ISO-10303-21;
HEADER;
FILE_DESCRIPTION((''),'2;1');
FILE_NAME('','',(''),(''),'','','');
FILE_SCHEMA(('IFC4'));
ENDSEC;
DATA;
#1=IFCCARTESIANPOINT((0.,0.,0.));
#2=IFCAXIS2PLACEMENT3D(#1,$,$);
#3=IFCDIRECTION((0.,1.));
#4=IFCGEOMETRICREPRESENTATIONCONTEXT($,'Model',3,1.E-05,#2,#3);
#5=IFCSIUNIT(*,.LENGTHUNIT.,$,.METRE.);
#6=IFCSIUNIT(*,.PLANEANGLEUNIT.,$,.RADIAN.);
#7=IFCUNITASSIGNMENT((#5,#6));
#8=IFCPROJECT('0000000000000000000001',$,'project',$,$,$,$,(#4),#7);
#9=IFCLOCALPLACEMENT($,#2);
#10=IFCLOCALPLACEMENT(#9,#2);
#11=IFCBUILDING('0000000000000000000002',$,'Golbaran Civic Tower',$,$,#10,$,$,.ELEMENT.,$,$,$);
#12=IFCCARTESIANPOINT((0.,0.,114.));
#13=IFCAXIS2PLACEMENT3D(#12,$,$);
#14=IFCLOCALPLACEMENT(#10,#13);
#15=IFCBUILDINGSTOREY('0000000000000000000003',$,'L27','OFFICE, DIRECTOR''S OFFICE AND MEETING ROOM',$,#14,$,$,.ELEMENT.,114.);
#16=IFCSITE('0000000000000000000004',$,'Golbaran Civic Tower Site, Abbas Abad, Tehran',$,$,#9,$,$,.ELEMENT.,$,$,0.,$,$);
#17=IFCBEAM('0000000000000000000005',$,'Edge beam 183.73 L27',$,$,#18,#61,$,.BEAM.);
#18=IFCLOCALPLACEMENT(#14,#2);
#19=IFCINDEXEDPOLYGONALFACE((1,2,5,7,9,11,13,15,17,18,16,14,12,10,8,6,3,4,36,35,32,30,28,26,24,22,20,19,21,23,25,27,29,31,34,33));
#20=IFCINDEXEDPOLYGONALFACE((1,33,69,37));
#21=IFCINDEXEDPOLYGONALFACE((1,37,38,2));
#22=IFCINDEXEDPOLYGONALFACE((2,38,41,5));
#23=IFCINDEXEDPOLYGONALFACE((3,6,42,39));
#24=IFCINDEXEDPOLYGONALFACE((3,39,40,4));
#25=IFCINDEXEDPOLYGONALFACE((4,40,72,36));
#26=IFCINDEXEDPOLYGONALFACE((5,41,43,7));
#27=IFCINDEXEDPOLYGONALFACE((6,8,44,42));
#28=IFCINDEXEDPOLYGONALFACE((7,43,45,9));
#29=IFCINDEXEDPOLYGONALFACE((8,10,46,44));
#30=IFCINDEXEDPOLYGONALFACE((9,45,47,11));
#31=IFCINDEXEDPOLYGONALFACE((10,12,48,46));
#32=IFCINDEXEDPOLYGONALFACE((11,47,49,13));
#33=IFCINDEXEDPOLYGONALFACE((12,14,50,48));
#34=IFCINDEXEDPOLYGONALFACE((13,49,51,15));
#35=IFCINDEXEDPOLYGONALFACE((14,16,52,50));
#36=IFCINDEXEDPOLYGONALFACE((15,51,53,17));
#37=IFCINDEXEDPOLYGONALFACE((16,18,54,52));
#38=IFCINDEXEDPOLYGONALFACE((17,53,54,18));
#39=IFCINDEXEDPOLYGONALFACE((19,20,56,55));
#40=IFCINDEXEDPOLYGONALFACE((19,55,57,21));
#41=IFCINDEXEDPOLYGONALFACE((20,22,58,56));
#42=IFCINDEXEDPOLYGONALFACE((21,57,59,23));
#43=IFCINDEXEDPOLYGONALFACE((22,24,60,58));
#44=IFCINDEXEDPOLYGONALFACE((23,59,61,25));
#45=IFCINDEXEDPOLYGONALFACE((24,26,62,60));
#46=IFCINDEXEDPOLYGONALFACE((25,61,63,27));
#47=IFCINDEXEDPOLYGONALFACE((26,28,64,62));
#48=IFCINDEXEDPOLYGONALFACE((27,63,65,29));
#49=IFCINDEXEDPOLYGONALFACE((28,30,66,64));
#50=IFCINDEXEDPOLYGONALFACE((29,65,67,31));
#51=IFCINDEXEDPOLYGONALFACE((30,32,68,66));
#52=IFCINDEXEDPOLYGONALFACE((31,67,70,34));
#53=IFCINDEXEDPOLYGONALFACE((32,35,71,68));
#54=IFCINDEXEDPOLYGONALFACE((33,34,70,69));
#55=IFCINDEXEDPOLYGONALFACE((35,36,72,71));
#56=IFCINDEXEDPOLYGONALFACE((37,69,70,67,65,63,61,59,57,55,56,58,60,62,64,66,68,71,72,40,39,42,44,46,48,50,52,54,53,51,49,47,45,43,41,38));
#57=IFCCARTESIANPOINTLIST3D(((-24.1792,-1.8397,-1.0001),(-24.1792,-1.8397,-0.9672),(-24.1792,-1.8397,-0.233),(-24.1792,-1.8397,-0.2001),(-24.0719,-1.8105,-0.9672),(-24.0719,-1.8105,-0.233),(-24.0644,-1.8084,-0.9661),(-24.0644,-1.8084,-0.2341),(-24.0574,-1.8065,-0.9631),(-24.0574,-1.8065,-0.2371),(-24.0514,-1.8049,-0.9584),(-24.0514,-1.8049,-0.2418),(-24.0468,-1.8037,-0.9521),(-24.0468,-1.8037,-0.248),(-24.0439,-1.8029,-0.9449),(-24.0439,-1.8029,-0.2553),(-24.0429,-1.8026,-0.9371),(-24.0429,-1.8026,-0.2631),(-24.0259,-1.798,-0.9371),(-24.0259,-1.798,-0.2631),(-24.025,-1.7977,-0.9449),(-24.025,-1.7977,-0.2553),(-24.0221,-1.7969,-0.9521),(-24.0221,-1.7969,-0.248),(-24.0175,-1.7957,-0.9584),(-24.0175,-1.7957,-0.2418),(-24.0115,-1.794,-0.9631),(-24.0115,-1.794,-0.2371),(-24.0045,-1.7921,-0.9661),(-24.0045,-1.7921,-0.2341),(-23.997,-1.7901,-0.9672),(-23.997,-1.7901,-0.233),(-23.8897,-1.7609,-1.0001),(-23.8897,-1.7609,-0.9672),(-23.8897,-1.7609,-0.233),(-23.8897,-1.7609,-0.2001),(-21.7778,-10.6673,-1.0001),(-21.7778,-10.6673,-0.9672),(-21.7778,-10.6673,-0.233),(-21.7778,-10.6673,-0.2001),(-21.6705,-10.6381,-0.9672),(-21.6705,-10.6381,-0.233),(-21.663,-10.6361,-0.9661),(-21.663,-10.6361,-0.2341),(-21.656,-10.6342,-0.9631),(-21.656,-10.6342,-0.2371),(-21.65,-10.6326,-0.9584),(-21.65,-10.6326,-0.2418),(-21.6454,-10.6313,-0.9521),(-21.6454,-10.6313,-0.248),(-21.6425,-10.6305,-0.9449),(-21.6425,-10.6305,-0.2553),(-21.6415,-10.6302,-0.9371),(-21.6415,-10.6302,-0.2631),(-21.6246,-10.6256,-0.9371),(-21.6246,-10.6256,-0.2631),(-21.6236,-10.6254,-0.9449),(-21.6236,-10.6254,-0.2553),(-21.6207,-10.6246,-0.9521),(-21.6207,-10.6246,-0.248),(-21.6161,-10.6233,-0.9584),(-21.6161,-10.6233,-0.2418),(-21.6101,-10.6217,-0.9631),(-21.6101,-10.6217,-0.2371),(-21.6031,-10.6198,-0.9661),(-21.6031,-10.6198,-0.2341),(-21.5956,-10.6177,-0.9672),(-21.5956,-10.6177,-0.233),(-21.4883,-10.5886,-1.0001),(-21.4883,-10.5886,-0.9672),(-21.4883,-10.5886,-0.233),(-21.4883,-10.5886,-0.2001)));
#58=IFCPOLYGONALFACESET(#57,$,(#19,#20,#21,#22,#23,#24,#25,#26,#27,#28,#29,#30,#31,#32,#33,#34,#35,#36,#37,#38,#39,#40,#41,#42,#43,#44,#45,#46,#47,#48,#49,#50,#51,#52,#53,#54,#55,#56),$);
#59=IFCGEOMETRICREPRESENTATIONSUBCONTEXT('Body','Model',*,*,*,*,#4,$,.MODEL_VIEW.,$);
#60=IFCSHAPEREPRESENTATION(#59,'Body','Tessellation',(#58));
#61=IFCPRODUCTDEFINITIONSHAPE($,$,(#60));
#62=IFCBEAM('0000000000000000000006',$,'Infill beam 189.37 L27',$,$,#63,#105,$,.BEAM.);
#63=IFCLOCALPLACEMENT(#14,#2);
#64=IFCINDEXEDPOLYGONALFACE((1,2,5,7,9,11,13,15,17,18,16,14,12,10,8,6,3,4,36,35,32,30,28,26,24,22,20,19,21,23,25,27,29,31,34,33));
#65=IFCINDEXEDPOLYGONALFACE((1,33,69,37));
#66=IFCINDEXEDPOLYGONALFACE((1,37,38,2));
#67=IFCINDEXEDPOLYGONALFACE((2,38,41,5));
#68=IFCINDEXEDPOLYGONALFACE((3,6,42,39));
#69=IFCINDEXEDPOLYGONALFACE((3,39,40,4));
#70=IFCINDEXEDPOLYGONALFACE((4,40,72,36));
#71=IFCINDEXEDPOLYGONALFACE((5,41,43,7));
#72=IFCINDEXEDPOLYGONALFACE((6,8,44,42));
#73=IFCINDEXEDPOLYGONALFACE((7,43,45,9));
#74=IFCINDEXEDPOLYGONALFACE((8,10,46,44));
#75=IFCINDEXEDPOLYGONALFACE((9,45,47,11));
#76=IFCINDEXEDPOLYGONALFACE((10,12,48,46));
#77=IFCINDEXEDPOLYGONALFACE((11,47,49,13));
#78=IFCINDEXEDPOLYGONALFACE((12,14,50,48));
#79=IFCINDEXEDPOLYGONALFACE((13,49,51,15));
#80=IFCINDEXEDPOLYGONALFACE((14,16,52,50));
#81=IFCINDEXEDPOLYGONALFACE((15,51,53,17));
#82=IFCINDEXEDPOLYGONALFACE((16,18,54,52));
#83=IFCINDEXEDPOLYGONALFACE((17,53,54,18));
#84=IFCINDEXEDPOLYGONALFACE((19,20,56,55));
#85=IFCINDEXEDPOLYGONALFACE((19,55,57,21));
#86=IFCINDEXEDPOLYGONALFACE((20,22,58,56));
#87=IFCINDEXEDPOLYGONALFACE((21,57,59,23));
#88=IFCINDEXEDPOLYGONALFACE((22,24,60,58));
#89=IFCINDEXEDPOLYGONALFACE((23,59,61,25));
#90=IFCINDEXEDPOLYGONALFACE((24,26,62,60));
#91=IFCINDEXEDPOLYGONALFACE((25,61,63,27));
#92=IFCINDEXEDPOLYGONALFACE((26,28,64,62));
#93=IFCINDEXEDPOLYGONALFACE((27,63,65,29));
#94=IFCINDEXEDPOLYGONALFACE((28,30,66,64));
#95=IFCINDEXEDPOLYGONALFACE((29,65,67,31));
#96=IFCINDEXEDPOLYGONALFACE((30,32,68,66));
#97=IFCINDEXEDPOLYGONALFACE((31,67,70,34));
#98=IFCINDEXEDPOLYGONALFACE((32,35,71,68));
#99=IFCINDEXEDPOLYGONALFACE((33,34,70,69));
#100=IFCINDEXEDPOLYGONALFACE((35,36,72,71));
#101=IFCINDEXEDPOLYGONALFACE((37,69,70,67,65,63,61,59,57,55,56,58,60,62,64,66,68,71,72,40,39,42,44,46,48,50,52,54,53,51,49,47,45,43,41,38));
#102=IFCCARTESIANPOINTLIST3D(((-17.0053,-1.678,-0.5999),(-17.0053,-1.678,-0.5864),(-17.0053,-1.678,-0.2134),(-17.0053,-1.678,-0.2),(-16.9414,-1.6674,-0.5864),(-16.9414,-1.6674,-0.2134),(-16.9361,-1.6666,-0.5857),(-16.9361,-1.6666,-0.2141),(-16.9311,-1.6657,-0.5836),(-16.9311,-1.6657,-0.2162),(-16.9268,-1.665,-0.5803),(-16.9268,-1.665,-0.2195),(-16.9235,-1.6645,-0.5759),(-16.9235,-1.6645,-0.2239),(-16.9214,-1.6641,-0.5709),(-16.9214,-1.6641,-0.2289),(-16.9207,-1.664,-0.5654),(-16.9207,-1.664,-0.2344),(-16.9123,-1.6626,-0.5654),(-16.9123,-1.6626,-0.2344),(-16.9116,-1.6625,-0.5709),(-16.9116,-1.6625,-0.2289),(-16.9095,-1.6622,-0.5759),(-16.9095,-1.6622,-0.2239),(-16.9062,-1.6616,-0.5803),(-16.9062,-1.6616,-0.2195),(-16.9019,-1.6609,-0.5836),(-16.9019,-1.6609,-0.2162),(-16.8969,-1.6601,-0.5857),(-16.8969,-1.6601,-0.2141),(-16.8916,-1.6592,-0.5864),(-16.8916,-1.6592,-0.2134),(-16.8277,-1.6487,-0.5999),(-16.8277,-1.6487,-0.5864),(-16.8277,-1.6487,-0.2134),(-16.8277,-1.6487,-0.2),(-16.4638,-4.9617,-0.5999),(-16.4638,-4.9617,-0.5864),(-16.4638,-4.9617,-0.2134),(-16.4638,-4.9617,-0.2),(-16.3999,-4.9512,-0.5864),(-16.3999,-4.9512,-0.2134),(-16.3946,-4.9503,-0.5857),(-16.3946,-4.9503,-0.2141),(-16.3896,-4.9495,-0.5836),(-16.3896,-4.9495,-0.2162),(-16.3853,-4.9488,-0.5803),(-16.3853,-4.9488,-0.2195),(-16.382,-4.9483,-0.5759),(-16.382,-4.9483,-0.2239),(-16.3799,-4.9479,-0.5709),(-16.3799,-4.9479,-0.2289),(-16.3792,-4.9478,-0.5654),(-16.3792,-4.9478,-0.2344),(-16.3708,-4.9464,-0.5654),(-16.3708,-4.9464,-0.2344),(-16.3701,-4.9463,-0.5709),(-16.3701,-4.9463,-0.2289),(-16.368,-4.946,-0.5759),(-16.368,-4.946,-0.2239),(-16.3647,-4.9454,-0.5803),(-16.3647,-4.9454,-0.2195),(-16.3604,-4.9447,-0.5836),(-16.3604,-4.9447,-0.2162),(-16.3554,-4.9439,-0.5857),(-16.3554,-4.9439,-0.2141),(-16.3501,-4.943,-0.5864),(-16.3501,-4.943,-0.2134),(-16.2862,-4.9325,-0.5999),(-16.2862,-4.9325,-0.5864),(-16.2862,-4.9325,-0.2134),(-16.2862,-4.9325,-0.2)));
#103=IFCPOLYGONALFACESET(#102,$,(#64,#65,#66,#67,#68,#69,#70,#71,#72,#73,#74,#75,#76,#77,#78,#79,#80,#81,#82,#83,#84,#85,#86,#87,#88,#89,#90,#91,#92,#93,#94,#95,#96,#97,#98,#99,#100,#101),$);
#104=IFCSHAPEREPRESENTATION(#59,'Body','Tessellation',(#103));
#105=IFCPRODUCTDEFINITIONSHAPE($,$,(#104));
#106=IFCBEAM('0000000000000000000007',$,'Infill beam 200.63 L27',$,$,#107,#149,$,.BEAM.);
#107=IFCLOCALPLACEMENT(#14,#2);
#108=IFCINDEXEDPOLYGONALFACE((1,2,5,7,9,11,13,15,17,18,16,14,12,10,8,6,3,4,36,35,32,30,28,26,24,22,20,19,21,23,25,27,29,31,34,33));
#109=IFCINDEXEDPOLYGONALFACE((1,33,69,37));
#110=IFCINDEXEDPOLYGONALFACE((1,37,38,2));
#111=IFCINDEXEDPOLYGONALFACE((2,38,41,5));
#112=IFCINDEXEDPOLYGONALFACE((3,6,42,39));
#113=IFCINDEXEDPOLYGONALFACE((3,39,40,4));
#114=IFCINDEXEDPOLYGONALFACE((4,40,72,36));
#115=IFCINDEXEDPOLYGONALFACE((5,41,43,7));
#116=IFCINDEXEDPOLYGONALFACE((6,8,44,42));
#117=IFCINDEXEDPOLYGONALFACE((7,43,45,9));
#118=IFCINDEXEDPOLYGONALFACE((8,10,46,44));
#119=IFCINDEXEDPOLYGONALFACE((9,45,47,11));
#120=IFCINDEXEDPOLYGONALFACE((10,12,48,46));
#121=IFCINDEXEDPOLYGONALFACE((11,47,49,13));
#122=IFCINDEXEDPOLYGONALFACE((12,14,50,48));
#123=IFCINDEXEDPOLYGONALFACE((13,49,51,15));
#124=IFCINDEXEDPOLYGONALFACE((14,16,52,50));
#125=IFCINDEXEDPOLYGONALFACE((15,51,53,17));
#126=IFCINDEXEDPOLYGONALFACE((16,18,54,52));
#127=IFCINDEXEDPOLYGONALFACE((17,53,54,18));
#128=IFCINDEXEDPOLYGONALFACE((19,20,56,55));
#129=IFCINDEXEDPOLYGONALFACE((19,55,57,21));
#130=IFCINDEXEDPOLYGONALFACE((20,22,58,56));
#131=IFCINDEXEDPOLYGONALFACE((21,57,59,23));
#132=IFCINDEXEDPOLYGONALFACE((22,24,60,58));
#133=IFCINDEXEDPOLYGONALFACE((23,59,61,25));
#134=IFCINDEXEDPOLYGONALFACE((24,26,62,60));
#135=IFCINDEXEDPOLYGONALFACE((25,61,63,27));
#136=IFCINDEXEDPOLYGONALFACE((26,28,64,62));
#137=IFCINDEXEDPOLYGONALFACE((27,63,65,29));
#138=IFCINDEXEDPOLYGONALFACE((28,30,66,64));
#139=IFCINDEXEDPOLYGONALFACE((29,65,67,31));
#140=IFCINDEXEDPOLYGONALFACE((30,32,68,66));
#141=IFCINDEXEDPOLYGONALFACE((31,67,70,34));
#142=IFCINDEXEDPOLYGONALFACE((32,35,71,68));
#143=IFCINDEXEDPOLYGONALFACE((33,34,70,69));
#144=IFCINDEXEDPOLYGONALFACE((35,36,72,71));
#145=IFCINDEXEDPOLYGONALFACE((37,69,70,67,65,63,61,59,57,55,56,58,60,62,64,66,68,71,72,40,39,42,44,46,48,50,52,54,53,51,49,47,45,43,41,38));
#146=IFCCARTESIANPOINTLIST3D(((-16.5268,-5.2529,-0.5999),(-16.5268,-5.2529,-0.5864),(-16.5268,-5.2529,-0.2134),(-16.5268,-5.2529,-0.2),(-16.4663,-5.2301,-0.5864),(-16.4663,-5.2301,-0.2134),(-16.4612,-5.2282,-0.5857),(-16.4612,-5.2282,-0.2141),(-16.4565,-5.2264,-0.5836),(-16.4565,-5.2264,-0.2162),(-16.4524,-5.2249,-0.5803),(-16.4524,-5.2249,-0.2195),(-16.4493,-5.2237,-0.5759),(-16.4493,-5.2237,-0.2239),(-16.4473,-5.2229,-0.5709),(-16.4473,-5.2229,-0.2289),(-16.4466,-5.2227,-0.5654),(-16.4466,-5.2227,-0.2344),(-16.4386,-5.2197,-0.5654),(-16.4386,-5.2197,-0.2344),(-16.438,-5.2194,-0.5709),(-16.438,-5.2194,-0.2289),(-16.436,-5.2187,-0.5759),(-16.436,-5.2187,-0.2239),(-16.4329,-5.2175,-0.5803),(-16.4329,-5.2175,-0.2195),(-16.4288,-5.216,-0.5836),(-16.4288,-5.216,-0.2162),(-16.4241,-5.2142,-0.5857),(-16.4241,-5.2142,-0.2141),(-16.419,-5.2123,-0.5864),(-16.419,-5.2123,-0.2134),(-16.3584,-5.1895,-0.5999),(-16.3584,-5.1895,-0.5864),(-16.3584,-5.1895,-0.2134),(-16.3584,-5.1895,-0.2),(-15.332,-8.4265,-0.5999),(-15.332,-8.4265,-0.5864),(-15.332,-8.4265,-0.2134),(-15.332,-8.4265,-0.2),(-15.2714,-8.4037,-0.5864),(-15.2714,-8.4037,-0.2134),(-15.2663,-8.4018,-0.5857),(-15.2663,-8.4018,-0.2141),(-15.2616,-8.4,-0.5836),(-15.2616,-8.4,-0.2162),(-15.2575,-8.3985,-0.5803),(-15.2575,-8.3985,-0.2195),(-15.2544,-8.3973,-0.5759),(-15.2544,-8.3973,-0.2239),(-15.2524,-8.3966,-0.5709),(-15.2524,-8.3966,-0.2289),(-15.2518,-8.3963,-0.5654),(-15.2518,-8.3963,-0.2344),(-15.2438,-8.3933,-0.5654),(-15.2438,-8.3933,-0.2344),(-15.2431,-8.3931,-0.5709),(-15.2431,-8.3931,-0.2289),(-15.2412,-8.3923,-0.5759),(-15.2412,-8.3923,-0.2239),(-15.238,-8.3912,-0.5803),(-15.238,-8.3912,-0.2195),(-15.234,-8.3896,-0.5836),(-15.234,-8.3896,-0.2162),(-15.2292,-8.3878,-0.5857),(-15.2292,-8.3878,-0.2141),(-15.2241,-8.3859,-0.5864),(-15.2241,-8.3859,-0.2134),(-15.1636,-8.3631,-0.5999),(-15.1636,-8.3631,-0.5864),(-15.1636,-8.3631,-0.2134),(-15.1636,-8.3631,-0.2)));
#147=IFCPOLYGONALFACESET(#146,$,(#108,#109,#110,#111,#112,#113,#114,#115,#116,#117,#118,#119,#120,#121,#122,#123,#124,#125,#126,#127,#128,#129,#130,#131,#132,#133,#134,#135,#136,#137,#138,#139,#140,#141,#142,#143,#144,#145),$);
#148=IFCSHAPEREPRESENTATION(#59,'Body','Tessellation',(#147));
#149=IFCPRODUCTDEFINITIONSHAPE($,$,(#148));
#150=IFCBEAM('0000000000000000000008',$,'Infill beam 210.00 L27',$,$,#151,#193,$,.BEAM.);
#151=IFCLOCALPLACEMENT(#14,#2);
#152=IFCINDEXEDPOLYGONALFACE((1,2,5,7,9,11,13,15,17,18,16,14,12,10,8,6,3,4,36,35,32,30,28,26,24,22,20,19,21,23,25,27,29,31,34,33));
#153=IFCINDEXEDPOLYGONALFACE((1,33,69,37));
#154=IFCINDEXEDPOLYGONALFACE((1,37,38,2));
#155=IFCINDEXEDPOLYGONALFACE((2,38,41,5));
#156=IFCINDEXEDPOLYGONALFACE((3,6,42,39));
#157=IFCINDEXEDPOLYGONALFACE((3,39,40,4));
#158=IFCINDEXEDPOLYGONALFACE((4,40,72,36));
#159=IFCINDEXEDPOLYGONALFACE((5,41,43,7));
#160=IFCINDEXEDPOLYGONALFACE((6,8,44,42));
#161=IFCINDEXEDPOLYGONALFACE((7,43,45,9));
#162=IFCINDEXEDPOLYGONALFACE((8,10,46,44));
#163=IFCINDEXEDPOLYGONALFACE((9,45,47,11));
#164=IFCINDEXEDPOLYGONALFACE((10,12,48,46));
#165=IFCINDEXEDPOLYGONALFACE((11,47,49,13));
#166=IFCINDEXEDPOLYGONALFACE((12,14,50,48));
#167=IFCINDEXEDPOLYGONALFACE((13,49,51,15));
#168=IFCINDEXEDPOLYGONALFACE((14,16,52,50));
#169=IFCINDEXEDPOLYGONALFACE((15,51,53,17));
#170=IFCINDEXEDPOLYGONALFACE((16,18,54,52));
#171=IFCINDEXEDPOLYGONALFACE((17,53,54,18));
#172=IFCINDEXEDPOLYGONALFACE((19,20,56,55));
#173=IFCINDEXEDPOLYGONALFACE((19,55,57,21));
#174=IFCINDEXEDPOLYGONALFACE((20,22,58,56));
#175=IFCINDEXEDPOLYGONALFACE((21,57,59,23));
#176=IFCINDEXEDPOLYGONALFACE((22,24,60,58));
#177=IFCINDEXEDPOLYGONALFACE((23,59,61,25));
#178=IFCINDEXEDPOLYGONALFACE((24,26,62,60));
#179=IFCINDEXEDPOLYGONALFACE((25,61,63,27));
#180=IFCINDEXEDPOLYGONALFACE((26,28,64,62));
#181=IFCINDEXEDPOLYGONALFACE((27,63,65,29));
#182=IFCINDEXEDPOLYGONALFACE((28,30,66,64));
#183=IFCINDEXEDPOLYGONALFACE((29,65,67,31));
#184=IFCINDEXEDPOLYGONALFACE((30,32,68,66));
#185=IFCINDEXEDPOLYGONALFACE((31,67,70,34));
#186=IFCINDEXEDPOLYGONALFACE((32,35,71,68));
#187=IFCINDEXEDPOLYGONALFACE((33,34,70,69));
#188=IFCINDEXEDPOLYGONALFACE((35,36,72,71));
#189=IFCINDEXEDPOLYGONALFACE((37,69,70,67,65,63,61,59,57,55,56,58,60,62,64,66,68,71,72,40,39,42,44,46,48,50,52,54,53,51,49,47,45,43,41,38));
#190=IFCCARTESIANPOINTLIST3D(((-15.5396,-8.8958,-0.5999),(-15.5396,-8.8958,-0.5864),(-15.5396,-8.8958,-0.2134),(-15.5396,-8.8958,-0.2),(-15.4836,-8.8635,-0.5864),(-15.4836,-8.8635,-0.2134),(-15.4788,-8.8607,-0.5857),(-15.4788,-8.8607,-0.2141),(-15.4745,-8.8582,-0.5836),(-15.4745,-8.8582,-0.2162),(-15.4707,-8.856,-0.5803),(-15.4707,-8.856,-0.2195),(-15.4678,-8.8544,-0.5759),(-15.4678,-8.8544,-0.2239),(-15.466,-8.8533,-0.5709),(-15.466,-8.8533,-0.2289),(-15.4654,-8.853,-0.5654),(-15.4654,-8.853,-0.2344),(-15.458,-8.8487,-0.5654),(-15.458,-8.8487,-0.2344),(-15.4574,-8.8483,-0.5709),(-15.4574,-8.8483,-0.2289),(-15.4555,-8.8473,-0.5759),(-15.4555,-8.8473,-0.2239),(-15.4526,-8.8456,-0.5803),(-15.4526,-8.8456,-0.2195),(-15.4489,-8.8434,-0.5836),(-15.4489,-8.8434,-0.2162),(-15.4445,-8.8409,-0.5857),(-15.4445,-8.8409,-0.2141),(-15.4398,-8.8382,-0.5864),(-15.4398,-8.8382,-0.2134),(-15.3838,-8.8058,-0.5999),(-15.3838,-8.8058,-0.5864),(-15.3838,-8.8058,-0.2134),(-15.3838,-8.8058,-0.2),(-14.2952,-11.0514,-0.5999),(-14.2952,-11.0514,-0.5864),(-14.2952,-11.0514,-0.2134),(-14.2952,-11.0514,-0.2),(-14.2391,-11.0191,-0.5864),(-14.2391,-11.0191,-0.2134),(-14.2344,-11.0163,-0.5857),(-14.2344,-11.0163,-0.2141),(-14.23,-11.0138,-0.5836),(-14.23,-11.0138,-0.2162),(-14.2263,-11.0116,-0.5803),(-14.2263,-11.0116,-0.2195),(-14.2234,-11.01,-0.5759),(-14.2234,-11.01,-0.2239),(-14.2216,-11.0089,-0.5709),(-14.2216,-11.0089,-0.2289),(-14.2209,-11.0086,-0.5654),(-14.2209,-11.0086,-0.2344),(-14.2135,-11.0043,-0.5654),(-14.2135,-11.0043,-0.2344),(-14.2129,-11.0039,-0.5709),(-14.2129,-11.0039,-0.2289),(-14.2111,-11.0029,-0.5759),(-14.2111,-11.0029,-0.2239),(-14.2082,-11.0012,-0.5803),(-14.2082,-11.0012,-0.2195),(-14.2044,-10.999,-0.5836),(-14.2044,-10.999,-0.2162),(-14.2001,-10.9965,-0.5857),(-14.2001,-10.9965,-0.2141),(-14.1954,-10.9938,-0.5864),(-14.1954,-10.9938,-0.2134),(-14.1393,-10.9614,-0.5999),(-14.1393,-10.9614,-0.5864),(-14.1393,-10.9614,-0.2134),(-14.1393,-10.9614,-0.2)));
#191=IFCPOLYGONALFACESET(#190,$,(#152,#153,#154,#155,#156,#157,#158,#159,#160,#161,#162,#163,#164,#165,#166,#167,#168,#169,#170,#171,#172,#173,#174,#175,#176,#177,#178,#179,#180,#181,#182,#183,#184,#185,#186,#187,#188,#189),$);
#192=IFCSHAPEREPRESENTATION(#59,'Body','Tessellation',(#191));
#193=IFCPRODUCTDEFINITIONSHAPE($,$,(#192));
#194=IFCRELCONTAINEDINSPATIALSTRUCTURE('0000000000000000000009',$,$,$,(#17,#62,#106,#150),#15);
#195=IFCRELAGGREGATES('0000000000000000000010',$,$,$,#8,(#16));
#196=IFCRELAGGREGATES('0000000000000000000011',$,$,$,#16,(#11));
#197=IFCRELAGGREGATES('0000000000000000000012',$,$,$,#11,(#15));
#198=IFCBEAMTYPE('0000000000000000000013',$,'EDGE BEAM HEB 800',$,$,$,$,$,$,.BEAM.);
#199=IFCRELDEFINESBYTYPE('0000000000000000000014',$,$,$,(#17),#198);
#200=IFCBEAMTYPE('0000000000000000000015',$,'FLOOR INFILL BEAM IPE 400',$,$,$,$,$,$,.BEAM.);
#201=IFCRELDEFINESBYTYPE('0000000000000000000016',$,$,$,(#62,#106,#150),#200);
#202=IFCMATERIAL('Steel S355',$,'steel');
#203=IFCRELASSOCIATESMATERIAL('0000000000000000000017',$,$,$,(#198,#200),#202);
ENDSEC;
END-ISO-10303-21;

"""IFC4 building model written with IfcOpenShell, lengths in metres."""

from ifc_helpers import new_model, si_unit, direction, frame, origin, origin_2d, place, context, subcontext, project, spatial, i_section, extrude, material, material_profile, profile_set, type_object, element, save


model = new_model("IFC4")

# Units and contexts
model_context = context("Model", 3, precision=1e-05, world=origin(), true_north=direction((0.0, 1.0)))
body_context = subcontext(model_context, "Body", "Model", "MODEL_VIEW")
ifc_project = project(units=[si_unit("LENGTHUNIT", "METRE"), si_unit("PLANEANGLEUNIT", "RADIAN")], contexts=[model_context])

# Site, building, storey
site_placement = place(None, origin())
site = spatial("IfcSite", under=ifc_project, at=site_placement, Name="Golbaran Civic Tower Site, Abbas Abad, Tehran", CompositionType="ELEMENT", RefElevation=0.0)
building_placement = place(site_placement, origin())
building = spatial("IfcBuilding", under=site, at=building_placement, Name="Golbaran Civic Tower", CompositionType="ELEMENT")
storey_placement = place(building_placement, frame((0.0, 0.0, 114.0)))
storey = spatial("IfcBuildingStorey", under=building, at=storey_placement, Name="L27", Description="OFFICE, DIRECTOR'S OFFICE AND MEETING ROOM", CompositionType="ELEMENT", Elevation=114.0)

# Beams
ifc_material_1 = material(Name="Steel S355", Category="steel")
ifc_material_profile_1 = material_profile(ifc_material_1, i_section(OverallWidth=0.3, OverallDepth=0.8, WebThickness=0.0176, FlangeThickness=0.033, FilletRadius=0.03, at=origin_2d()), Name="HEB 800")
ifc_profile_set_1 = profile_set([ifc_material_profile_1], Name="Steel S355")
beam_type_1 = type_object("IfcBeamType", Name="EDGE BEAM HEB 800", PredefinedType="BEAM", material=ifc_profile_set_1)
beam_1_placement = place(storey_placement, frame((-24.0344, -1.8003, -0.6001), z_axis=(0.26249, -0.964935, 0.0), x_axis=(0.964935, 0.26249, 0.0)))
element("IfcBeam", 1, at=beam_1_placement, inside=storey, type_object=beam_type_1, Name="Edge beam 183.73 L27", PredefinedType="BEAM", context=body_context, shape_type="SweptSolid", body=[
    extrude(i_section(OverallWidth=0.3, OverallDepth=0.8, WebThickness=0.0176, FlangeThickness=0.033, FilletRadius=0.03, at=origin_2d()), origin(), (0.0, 0.0, 1.0), 9.1484),
])
ifc_material_profile_2 = material_profile(ifc_material_1, i_section(OverallWidth=0.1799, OverallDepth=0.3999, WebThickness=0.0085, FlangeThickness=0.0134, FilletRadius=0.021, at=origin_2d()), Name="IPE 400")
ifc_profile_set_2 = profile_set([ifc_material_profile_2], Name="Steel S355")
beam_type_2 = type_object("IfcBeamType", Name="FLOOR INFILL BEAM IPE 400", PredefinedType="BEAM", material=ifc_profile_set_2)
beam_2_placement = place(storey_placement, frame((-16.9165, -1.6633, -0.3999), z_axis=(0.16271, -0.986674, 0.0), x_axis=(0.986674, 0.16271, 0.0)))
element("IfcBeam", 2, at=beam_2_placement, inside=storey, type_object=beam_type_2, Name="Infill beam 189.37 L27", PredefinedType="BEAM", context=body_context, shape_type="SweptSolid", body=[
    extrude(i_section(OverallWidth=0.1799, OverallDepth=0.3999, WebThickness=0.0085, FlangeThickness=0.0134, FilletRadius=0.021, at=origin_2d()), origin(), (0.0, 0.0, 1.0), 3.3281),
])
beam_3_placement = place(storey_placement, frame((-16.4426, -5.2212, -0.3999), z_axis=(0.352346, -0.93587, 0.0), x_axis=(0.93587, 0.352346, 0.0)))
element("IfcBeam", 3, at=beam_3_placement, inside=storey, type_object=beam_type_2, Name="Infill beam 200.63 L27", PredefinedType="BEAM", context=body_context, shape_type="SweptSolid", body=[
    extrude(i_section(OverallWidth=0.1799, OverallDepth=0.3999, WebThickness=0.0085, FlangeThickness=0.0134, FilletRadius=0.021, at=origin_2d()), origin(), (0.0, 0.0, 1.0), 3.3911),
])
beam_4_placement = place(storey_placement, frame((-15.4617, -8.8508, -0.3999), z_axis=(0.499969, -0.866043, 0.0), x_axis=(0.866043, 0.499969, 0.0)))
element("IfcBeam", 4, at=beam_4_placement, inside=storey, type_object=beam_type_2, Name="Infill beam 210.00 L27", PredefinedType="BEAM", context=body_context, shape_type="SweptSolid", body=[
    extrude(i_section(OverallWidth=0.1799, OverallDepth=0.3999, WebThickness=0.0085, FlangeThickness=0.0134, FilletRadius=0.021, at=origin_2d()), origin(), (0.0, 0.0, 1.0), 2.489),
])

save(model, "model.ifc")
